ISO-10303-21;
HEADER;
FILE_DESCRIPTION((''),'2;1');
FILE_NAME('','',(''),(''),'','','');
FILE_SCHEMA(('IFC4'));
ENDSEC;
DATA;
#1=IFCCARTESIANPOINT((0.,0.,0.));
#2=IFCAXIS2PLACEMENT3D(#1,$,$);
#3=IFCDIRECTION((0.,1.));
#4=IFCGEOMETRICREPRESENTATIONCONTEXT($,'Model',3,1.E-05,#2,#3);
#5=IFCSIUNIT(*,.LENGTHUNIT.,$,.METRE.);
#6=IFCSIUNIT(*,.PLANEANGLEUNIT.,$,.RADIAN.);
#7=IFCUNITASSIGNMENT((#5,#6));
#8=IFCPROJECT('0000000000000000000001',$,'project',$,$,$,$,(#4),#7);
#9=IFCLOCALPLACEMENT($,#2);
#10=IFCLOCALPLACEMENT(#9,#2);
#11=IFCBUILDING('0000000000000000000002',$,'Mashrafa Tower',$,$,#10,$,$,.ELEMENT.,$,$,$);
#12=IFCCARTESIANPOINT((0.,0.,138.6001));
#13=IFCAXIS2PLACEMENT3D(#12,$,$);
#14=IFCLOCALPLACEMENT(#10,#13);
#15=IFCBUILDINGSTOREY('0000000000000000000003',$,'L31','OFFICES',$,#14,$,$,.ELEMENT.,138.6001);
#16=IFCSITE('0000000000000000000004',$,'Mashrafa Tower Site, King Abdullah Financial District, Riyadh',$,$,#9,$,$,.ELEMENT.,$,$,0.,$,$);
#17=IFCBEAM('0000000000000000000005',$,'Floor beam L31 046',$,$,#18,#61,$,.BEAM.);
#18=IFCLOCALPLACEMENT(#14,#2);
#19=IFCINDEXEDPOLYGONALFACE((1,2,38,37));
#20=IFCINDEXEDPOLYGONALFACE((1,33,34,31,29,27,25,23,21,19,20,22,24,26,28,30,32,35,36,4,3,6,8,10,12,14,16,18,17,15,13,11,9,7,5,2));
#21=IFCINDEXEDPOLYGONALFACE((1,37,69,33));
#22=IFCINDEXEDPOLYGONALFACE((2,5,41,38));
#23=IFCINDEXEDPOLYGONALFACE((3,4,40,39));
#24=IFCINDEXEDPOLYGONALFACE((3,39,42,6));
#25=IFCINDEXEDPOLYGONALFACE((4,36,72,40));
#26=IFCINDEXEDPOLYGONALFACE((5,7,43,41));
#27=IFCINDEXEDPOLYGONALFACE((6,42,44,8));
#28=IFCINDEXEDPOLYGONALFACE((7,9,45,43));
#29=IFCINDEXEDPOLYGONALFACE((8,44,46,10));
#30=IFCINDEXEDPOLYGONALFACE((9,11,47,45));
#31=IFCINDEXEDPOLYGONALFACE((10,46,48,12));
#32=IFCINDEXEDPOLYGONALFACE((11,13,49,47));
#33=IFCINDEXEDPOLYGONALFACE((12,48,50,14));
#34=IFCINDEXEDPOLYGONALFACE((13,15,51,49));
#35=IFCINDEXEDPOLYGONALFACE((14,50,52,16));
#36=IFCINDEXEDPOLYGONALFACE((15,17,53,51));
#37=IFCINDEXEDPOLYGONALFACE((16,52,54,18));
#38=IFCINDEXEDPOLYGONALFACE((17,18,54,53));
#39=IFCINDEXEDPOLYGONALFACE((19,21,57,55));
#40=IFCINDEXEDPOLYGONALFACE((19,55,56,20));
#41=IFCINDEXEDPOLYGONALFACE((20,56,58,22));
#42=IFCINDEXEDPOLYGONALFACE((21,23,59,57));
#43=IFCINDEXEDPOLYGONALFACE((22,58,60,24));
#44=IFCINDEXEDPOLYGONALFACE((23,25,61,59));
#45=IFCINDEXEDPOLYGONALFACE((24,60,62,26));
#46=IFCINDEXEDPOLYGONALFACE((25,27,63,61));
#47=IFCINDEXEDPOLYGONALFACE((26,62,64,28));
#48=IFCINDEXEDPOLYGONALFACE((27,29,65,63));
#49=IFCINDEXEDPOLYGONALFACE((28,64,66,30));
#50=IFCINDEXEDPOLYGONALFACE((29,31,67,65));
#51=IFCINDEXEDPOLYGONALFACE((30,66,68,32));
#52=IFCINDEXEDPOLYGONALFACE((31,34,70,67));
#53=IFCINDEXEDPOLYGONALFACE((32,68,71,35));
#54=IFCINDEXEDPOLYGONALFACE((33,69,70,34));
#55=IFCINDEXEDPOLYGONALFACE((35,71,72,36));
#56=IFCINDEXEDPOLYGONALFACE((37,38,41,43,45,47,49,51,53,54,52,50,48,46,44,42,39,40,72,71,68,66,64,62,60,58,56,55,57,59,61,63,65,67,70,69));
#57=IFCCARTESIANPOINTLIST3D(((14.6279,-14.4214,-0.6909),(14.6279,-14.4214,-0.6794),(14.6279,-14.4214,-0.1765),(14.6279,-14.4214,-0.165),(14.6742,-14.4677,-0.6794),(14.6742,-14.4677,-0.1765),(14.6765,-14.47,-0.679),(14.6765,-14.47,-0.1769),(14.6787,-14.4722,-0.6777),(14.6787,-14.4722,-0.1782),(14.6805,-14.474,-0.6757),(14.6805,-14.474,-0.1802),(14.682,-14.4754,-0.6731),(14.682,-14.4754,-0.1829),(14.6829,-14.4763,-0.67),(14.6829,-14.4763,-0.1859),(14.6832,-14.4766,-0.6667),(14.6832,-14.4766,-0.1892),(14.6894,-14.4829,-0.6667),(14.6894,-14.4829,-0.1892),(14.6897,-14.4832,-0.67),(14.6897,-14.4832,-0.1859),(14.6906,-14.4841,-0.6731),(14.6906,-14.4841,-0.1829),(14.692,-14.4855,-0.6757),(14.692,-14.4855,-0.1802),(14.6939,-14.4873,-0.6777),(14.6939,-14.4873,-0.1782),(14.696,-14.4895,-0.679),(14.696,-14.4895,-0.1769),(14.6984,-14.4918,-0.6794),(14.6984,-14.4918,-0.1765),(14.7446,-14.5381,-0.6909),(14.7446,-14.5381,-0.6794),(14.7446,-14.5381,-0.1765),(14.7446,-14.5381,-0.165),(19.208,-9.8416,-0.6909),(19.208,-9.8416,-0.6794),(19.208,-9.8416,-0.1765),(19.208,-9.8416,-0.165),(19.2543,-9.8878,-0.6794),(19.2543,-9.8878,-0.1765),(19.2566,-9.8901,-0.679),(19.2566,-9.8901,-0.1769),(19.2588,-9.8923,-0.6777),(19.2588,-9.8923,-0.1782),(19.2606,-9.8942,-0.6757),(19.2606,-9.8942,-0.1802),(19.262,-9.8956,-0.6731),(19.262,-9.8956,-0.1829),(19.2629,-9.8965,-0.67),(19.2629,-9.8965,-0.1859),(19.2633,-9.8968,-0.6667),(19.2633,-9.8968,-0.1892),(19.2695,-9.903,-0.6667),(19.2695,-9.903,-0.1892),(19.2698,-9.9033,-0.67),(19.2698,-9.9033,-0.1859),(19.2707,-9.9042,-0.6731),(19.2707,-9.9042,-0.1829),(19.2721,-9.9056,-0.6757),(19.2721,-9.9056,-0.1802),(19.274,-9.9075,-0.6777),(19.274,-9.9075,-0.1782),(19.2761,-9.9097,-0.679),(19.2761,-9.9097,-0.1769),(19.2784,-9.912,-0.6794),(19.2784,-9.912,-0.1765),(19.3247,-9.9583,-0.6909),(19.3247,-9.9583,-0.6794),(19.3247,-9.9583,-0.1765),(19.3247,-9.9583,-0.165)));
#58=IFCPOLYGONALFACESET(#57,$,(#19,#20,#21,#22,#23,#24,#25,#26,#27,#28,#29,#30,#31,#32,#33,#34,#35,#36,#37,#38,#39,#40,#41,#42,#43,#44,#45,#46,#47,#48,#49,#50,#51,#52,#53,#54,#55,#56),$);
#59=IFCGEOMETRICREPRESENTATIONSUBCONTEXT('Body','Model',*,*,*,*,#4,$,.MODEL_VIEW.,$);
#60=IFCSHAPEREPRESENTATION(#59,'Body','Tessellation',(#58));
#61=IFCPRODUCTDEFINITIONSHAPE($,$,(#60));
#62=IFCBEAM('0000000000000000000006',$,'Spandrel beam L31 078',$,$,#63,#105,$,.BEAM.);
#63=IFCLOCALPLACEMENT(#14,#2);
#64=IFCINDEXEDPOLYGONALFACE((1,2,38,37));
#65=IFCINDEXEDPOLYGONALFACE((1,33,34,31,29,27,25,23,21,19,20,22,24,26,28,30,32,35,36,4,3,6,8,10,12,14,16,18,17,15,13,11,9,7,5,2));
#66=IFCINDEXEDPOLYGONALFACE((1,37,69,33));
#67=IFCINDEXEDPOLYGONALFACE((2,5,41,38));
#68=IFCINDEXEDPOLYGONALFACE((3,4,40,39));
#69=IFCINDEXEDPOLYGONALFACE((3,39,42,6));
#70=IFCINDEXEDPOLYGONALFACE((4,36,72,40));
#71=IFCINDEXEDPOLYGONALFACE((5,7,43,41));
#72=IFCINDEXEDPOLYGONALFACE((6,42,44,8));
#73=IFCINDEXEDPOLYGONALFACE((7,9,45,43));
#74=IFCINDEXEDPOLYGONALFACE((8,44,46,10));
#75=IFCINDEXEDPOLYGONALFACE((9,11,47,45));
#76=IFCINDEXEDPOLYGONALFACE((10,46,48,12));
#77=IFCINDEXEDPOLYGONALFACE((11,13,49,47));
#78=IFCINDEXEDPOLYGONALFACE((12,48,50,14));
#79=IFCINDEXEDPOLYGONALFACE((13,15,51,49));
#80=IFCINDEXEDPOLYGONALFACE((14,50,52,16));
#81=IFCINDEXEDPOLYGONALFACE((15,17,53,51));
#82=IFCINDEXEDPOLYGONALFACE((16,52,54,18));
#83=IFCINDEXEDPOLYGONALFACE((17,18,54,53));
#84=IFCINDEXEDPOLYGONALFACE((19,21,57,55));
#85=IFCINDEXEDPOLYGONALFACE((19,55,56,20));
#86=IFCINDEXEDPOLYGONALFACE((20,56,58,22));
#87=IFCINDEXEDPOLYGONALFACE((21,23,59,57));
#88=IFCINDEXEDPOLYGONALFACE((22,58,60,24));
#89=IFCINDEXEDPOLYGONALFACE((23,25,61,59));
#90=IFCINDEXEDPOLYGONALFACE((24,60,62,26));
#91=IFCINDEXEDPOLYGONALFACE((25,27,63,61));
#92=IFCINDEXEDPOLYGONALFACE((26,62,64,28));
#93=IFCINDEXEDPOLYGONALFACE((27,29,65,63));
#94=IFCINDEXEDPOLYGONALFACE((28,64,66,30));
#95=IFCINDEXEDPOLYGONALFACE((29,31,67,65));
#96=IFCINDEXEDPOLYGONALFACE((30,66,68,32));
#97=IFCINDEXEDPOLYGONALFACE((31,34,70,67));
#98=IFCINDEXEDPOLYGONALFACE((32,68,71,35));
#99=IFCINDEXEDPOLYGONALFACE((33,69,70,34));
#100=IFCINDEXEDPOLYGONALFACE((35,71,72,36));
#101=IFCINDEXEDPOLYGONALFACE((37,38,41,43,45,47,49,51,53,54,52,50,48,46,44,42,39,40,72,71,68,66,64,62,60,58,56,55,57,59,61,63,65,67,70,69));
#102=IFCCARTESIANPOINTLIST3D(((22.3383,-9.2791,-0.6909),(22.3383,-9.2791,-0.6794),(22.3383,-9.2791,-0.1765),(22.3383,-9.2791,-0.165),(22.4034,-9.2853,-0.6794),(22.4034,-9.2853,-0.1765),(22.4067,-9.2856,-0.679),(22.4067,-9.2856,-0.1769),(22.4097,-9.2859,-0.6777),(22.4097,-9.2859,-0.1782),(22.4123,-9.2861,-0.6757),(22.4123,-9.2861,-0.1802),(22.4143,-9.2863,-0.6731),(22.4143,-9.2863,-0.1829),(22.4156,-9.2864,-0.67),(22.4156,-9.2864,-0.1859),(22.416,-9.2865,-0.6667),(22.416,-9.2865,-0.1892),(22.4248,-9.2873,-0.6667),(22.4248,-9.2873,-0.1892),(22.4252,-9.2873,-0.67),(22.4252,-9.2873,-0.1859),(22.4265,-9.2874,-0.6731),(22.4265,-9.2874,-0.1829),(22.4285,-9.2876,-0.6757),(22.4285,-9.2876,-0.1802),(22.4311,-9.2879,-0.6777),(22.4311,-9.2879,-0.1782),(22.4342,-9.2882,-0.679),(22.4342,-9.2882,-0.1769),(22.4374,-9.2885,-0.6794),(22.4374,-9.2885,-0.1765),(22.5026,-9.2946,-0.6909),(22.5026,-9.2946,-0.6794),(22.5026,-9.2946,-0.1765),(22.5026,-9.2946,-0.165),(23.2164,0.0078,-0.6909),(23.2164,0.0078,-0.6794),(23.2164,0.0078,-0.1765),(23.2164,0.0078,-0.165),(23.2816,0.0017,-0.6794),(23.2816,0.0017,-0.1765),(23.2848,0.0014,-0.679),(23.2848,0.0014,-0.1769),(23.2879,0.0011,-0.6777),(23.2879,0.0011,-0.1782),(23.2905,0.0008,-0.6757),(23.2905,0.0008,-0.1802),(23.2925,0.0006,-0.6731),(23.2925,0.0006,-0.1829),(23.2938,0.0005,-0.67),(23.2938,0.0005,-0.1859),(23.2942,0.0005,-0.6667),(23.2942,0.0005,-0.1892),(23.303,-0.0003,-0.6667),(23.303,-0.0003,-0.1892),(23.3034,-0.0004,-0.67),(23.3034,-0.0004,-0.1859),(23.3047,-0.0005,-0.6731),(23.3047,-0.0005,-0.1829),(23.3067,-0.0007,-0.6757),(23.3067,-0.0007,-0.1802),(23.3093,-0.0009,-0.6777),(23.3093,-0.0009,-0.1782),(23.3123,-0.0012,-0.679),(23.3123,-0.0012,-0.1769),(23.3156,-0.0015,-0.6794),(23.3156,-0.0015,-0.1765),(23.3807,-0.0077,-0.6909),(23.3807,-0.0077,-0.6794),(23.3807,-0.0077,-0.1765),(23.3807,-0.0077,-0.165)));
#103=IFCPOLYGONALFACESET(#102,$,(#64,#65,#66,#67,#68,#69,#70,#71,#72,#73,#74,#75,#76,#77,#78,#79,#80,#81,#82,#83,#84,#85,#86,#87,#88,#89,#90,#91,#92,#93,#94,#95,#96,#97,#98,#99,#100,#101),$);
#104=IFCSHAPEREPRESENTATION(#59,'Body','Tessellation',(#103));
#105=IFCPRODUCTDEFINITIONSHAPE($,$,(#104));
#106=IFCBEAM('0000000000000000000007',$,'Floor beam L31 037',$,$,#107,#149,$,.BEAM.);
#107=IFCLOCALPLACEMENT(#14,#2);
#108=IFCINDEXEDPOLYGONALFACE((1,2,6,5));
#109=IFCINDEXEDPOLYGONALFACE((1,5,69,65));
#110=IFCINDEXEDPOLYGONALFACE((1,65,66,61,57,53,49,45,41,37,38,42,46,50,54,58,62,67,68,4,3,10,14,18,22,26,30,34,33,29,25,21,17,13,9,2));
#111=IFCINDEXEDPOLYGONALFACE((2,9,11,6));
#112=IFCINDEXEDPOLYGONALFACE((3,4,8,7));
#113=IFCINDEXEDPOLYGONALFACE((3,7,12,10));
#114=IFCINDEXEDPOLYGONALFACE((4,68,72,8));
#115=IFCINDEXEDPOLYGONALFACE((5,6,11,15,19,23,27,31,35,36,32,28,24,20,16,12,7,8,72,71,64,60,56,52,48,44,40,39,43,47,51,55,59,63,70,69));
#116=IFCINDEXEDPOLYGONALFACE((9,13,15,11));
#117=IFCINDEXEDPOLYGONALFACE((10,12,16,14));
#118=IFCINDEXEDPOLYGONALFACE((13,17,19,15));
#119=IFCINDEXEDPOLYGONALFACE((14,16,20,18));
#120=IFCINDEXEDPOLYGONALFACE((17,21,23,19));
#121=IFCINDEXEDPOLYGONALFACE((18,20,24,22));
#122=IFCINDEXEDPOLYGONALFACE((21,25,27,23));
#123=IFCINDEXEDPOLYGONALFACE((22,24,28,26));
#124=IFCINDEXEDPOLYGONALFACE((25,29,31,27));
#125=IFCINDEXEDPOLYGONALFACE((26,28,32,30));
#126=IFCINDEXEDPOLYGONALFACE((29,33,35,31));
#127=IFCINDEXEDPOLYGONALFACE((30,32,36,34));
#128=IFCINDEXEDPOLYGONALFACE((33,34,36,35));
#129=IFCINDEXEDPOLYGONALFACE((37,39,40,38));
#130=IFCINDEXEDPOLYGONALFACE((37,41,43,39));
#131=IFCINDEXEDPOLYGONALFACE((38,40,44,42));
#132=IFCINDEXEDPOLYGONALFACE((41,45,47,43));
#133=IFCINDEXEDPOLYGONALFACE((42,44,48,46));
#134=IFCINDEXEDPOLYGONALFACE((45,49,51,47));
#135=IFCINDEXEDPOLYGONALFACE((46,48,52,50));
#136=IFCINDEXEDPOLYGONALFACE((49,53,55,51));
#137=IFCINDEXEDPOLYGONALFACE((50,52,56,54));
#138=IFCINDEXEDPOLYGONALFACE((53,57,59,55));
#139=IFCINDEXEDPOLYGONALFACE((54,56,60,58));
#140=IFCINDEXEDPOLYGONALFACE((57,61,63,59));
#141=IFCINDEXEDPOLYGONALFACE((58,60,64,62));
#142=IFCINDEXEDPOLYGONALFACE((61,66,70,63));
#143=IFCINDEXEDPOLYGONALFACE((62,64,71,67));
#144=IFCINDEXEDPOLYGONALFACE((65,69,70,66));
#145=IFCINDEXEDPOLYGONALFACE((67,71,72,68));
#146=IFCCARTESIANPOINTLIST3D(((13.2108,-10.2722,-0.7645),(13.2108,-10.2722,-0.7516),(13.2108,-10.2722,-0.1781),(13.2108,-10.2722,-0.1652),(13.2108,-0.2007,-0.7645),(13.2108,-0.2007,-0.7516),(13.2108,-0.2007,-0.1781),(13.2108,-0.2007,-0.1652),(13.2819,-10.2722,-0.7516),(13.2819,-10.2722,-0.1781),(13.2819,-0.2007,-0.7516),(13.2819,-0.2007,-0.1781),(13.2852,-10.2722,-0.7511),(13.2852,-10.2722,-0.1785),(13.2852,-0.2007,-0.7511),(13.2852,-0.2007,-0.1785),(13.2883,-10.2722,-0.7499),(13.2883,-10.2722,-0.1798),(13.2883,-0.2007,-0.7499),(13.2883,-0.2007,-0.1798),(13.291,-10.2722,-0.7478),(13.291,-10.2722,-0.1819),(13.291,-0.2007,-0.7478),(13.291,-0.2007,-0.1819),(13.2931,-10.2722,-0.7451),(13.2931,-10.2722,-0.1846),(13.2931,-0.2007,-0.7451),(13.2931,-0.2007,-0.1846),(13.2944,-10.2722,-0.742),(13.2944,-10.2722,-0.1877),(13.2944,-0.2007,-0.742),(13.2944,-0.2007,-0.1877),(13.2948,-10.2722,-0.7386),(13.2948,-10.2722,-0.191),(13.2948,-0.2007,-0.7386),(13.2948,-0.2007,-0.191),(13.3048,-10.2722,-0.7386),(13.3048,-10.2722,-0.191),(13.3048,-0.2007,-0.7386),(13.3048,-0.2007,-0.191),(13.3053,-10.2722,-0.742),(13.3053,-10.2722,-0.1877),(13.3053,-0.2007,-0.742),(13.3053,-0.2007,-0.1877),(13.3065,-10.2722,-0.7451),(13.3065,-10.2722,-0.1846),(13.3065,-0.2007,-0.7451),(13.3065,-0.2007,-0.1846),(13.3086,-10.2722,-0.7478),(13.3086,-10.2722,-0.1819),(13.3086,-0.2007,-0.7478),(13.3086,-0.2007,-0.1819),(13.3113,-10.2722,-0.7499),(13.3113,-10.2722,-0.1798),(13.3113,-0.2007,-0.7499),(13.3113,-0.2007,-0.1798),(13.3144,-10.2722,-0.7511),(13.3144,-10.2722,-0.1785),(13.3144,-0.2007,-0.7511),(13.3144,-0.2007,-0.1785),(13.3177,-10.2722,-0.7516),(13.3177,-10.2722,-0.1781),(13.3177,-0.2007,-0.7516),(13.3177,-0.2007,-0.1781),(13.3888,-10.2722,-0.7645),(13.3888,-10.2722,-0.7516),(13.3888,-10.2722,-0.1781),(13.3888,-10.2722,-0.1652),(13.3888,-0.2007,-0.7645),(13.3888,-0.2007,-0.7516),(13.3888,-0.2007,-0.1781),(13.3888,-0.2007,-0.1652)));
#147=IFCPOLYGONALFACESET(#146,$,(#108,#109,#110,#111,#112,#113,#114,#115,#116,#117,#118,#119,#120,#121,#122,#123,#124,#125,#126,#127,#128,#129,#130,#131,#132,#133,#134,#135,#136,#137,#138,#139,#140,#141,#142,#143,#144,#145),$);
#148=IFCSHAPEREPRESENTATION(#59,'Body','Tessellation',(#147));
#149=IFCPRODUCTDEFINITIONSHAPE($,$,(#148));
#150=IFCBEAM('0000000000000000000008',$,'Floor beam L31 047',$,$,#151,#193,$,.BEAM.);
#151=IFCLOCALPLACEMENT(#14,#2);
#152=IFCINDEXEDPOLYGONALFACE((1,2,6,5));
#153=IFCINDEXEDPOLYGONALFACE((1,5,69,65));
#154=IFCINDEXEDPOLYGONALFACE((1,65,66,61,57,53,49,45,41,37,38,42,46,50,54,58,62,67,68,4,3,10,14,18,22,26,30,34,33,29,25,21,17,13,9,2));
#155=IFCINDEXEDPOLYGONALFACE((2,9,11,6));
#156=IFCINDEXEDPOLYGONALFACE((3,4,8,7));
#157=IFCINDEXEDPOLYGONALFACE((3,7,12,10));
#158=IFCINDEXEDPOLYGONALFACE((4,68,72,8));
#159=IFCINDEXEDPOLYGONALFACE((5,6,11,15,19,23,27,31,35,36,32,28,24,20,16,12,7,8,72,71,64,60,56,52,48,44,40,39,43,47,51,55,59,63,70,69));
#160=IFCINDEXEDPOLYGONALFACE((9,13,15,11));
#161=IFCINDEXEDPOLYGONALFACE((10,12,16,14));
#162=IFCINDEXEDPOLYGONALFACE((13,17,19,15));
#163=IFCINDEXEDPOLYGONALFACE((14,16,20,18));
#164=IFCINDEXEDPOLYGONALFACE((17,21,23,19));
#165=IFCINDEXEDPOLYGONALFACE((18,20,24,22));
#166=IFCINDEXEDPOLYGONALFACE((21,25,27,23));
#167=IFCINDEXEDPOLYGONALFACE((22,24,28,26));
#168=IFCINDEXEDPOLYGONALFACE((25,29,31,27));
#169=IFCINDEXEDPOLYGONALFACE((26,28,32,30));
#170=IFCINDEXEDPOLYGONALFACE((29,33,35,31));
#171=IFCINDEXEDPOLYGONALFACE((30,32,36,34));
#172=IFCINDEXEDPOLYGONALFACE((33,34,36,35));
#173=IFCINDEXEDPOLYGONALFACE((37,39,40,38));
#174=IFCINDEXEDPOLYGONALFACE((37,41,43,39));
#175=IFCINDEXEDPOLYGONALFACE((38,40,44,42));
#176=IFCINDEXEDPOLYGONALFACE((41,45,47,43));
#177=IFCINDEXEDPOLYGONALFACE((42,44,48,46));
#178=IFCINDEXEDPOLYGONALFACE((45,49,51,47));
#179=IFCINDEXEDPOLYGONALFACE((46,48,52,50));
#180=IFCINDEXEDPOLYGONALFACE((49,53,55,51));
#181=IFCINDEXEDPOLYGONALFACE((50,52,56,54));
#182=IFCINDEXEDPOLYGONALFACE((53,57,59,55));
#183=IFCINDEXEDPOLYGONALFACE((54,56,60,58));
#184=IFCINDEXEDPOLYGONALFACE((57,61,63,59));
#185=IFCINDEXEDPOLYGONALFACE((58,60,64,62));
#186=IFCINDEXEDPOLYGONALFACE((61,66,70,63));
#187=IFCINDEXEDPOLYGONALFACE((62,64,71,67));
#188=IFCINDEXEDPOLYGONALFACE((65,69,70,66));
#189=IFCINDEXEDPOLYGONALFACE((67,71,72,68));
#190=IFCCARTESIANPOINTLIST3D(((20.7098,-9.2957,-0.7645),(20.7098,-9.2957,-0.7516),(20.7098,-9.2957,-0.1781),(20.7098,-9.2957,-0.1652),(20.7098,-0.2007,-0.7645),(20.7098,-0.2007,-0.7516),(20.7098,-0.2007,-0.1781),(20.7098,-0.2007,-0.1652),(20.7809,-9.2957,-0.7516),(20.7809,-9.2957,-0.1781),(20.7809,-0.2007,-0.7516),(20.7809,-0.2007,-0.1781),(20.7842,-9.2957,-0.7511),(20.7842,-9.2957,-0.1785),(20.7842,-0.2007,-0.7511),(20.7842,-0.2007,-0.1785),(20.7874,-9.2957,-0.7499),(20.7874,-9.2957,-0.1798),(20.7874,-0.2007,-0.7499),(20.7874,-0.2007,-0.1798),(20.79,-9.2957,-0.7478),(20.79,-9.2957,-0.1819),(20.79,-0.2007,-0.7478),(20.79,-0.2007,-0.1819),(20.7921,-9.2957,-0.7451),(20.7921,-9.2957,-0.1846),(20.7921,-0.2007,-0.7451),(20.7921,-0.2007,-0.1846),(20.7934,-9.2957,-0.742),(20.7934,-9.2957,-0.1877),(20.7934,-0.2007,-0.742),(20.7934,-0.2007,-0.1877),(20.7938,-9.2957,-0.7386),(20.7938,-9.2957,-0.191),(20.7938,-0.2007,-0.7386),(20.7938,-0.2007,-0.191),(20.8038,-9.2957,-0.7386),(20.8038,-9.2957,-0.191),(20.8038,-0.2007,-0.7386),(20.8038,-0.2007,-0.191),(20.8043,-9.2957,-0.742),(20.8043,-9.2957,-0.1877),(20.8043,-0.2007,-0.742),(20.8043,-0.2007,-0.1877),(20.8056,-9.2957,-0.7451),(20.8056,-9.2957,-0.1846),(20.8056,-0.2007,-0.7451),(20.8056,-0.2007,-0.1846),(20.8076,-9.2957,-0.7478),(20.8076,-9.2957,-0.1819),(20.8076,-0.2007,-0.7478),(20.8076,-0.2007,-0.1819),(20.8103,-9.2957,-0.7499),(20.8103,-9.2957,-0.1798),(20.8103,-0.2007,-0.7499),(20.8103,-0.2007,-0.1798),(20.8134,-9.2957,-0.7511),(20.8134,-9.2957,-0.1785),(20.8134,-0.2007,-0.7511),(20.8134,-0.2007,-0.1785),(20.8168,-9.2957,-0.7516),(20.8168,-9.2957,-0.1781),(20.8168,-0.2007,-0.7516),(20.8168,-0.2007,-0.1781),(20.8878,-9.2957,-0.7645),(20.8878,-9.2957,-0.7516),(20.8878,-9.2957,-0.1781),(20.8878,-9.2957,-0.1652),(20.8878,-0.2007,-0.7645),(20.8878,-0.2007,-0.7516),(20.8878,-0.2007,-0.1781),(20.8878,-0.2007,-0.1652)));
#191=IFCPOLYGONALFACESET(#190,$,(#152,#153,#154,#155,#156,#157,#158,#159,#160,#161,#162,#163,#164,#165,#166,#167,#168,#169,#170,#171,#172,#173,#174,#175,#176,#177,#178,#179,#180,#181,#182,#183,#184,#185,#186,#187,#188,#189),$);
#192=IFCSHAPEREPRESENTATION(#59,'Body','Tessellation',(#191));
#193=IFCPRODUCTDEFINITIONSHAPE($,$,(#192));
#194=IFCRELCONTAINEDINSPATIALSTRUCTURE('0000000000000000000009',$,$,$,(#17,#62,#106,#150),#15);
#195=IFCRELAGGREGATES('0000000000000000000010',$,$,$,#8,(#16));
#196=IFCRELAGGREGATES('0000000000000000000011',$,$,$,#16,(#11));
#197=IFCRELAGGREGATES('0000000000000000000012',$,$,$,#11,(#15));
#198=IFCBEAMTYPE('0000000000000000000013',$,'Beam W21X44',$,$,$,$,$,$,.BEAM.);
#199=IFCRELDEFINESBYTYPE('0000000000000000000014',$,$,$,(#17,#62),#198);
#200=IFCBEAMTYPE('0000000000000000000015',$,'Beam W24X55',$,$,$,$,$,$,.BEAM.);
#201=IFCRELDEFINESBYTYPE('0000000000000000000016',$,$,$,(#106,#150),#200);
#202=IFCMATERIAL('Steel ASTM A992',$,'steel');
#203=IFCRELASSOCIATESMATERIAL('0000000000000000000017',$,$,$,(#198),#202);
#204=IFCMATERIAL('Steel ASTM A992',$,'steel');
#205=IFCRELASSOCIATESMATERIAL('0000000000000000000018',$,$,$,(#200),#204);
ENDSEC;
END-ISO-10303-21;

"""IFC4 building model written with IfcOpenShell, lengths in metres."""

from ifc_helpers import new_model, si_unit, direction, frame, origin, origin_2d, place, context, subcontext, project, spatial, i_section, extrude, material, material_profile, profile_set, type_object, element, save


model = new_model("IFC4")

# Units and contexts
model_context = context("Model", 3, precision=1e-05, world=origin(), true_north=direction((0.0, 1.0)))
body_context = subcontext(model_context, "Body", "Model", "MODEL_VIEW")
ifc_project = project(units=[si_unit("LENGTHUNIT", "METRE"), si_unit("PLANEANGLEUNIT", "RADIAN")], contexts=[model_context])

# Site, building, storey
site_placement = place(None, origin())
site = spatial("IfcSite", under=ifc_project, at=site_placement, Name="Mashrafa Tower Site, King Abdullah Financial District, Riyadh", CompositionType="ELEMENT", RefElevation=0.0)
building_placement = place(site_placement, origin())
building = spatial("IfcBuilding", under=site, at=building_placement, Name="Mashrafa Tower", CompositionType="ELEMENT")
storey_placement = place(building_placement, frame((0.0, 0.0, 138.6001)))
storey = spatial("IfcBuildingStorey", under=building, at=storey_placement, Name="L31", Description="OFFICES", CompositionType="ELEMENT", Elevation=138.6001)

# Beams
ifc_material_1 = material(Name="Steel ASTM A992", Category="steel")
ifc_material_profile_1 = material_profile(ifc_material_1, i_section(OverallWidth=0.165, OverallDepth=0.5259, WebThickness=0.0088, FlangeThickness=0.0115, FilletRadius=0.0127, at=origin_2d()), Name="W21X44")
ifc_profile_set_1 = profile_set([ifc_material_profile_1], Name="Steel ASTM A992")
beam_type_1 = type_object("IfcBeamType", Name="Beam W21X44", PredefinedType="BEAM", material=ifc_profile_set_1)
beam_1_placement = place(storey_placement, frame((19.2664, -9.8999, -0.428), z_axis=(-0.707126, -0.707088, 0.0), x_axis=(0.707088, -0.707126, 0.0)))
element("IfcBeam", 1, at=beam_1_placement, inside=storey, type_object=beam_type_1, Name="Floor beam L31 046", PredefinedType="BEAM", context=body_context, shape_type="SweptSolid", body=[
    extrude(i_section(OverallWidth=0.165, OverallDepth=0.5259, WebThickness=0.0088, FlangeThickness=0.0115, FilletRadius=0.0127, at=origin_2d()), origin(), (0.0, 0.0, 1.0), 6.4771),
])
beam_2_placement = place(storey_placement, frame((22.4204, -9.2869, -0.428), z_axis=(0.094141, 0.995559, 0.0), x_axis=(-0.995559, 0.094141, 0.0)))
element("IfcBeam", 2, at=beam_2_placement, inside=storey, type_object=beam_type_1, Name="Spandrel beam L31 078", PredefinedType="BEAM", context=body_context, shape_type="SweptSolid", body=[
    extrude(i_section(OverallWidth=0.165, OverallDepth=0.5259, WebThickness=0.0088, FlangeThickness=0.0115, FilletRadius=0.0127, at=origin_2d()), origin(), (0.0, 0.0, 1.0), 9.3284),
])
ifc_material_2 = material(Name="Steel ASTM A992", Category="steel")
ifc_material_profile_2 = material_profile(ifc_material_2, i_section(OverallWidth=0.178, OverallDepth=0.5994, WebThickness=0.01, FlangeThickness=0.0129, FilletRadius=0.0129, at=origin_2d()), Name="W24X55")
ifc_profile_set_2 = profile_set([ifc_material_profile_2], Name="Steel ASTM A992")
beam_type_2 = type_object("IfcBeamType", Name="Beam W24X55", PredefinedType="BEAM", material=ifc_profile_set_2)
beam_3_placement = place(storey_placement, frame((13.2998, -0.2007, -0.4648), z_axis=(0.0, -1.0, 0.0), x_axis=(1.0, 0.0, 0.0)))
element("IfcBeam", 3, at=beam_3_placement, inside=storey, type_object=beam_type_2, Name="Floor beam L31 037", PredefinedType="BEAM", context=body_context, shape_type="SweptSolid", body=[
    extrude(i_section(OverallWidth=0.178, OverallDepth=0.5994, WebThickness=0.01, FlangeThickness=0.0129, FilletRadius=0.0129, at=origin_2d()), origin(), (0.0, 0.0, 1.0), 10.0715),
])
beam_4_placement = place(storey_placement, frame((20.7988, -0.2007, -0.4648), z_axis=(0.0, -1.0, 0.0), x_axis=(1.0, 0.0, 0.0)))
element("IfcBeam", 4, at=beam_4_placement, inside=storey, type_object=beam_type_2, Name="Floor beam L31 047", PredefinedType="BEAM", context=body_context, shape_type="SweptSolid", body=[
    extrude(i_section(OverallWidth=0.178, OverallDepth=0.5994, WebThickness=0.01, FlangeThickness=0.0129, FilletRadius=0.0129, at=origin_2d()), origin(), (0.0, 0.0, 1.0), 9.095),
])

save(model, "model.ifc")
